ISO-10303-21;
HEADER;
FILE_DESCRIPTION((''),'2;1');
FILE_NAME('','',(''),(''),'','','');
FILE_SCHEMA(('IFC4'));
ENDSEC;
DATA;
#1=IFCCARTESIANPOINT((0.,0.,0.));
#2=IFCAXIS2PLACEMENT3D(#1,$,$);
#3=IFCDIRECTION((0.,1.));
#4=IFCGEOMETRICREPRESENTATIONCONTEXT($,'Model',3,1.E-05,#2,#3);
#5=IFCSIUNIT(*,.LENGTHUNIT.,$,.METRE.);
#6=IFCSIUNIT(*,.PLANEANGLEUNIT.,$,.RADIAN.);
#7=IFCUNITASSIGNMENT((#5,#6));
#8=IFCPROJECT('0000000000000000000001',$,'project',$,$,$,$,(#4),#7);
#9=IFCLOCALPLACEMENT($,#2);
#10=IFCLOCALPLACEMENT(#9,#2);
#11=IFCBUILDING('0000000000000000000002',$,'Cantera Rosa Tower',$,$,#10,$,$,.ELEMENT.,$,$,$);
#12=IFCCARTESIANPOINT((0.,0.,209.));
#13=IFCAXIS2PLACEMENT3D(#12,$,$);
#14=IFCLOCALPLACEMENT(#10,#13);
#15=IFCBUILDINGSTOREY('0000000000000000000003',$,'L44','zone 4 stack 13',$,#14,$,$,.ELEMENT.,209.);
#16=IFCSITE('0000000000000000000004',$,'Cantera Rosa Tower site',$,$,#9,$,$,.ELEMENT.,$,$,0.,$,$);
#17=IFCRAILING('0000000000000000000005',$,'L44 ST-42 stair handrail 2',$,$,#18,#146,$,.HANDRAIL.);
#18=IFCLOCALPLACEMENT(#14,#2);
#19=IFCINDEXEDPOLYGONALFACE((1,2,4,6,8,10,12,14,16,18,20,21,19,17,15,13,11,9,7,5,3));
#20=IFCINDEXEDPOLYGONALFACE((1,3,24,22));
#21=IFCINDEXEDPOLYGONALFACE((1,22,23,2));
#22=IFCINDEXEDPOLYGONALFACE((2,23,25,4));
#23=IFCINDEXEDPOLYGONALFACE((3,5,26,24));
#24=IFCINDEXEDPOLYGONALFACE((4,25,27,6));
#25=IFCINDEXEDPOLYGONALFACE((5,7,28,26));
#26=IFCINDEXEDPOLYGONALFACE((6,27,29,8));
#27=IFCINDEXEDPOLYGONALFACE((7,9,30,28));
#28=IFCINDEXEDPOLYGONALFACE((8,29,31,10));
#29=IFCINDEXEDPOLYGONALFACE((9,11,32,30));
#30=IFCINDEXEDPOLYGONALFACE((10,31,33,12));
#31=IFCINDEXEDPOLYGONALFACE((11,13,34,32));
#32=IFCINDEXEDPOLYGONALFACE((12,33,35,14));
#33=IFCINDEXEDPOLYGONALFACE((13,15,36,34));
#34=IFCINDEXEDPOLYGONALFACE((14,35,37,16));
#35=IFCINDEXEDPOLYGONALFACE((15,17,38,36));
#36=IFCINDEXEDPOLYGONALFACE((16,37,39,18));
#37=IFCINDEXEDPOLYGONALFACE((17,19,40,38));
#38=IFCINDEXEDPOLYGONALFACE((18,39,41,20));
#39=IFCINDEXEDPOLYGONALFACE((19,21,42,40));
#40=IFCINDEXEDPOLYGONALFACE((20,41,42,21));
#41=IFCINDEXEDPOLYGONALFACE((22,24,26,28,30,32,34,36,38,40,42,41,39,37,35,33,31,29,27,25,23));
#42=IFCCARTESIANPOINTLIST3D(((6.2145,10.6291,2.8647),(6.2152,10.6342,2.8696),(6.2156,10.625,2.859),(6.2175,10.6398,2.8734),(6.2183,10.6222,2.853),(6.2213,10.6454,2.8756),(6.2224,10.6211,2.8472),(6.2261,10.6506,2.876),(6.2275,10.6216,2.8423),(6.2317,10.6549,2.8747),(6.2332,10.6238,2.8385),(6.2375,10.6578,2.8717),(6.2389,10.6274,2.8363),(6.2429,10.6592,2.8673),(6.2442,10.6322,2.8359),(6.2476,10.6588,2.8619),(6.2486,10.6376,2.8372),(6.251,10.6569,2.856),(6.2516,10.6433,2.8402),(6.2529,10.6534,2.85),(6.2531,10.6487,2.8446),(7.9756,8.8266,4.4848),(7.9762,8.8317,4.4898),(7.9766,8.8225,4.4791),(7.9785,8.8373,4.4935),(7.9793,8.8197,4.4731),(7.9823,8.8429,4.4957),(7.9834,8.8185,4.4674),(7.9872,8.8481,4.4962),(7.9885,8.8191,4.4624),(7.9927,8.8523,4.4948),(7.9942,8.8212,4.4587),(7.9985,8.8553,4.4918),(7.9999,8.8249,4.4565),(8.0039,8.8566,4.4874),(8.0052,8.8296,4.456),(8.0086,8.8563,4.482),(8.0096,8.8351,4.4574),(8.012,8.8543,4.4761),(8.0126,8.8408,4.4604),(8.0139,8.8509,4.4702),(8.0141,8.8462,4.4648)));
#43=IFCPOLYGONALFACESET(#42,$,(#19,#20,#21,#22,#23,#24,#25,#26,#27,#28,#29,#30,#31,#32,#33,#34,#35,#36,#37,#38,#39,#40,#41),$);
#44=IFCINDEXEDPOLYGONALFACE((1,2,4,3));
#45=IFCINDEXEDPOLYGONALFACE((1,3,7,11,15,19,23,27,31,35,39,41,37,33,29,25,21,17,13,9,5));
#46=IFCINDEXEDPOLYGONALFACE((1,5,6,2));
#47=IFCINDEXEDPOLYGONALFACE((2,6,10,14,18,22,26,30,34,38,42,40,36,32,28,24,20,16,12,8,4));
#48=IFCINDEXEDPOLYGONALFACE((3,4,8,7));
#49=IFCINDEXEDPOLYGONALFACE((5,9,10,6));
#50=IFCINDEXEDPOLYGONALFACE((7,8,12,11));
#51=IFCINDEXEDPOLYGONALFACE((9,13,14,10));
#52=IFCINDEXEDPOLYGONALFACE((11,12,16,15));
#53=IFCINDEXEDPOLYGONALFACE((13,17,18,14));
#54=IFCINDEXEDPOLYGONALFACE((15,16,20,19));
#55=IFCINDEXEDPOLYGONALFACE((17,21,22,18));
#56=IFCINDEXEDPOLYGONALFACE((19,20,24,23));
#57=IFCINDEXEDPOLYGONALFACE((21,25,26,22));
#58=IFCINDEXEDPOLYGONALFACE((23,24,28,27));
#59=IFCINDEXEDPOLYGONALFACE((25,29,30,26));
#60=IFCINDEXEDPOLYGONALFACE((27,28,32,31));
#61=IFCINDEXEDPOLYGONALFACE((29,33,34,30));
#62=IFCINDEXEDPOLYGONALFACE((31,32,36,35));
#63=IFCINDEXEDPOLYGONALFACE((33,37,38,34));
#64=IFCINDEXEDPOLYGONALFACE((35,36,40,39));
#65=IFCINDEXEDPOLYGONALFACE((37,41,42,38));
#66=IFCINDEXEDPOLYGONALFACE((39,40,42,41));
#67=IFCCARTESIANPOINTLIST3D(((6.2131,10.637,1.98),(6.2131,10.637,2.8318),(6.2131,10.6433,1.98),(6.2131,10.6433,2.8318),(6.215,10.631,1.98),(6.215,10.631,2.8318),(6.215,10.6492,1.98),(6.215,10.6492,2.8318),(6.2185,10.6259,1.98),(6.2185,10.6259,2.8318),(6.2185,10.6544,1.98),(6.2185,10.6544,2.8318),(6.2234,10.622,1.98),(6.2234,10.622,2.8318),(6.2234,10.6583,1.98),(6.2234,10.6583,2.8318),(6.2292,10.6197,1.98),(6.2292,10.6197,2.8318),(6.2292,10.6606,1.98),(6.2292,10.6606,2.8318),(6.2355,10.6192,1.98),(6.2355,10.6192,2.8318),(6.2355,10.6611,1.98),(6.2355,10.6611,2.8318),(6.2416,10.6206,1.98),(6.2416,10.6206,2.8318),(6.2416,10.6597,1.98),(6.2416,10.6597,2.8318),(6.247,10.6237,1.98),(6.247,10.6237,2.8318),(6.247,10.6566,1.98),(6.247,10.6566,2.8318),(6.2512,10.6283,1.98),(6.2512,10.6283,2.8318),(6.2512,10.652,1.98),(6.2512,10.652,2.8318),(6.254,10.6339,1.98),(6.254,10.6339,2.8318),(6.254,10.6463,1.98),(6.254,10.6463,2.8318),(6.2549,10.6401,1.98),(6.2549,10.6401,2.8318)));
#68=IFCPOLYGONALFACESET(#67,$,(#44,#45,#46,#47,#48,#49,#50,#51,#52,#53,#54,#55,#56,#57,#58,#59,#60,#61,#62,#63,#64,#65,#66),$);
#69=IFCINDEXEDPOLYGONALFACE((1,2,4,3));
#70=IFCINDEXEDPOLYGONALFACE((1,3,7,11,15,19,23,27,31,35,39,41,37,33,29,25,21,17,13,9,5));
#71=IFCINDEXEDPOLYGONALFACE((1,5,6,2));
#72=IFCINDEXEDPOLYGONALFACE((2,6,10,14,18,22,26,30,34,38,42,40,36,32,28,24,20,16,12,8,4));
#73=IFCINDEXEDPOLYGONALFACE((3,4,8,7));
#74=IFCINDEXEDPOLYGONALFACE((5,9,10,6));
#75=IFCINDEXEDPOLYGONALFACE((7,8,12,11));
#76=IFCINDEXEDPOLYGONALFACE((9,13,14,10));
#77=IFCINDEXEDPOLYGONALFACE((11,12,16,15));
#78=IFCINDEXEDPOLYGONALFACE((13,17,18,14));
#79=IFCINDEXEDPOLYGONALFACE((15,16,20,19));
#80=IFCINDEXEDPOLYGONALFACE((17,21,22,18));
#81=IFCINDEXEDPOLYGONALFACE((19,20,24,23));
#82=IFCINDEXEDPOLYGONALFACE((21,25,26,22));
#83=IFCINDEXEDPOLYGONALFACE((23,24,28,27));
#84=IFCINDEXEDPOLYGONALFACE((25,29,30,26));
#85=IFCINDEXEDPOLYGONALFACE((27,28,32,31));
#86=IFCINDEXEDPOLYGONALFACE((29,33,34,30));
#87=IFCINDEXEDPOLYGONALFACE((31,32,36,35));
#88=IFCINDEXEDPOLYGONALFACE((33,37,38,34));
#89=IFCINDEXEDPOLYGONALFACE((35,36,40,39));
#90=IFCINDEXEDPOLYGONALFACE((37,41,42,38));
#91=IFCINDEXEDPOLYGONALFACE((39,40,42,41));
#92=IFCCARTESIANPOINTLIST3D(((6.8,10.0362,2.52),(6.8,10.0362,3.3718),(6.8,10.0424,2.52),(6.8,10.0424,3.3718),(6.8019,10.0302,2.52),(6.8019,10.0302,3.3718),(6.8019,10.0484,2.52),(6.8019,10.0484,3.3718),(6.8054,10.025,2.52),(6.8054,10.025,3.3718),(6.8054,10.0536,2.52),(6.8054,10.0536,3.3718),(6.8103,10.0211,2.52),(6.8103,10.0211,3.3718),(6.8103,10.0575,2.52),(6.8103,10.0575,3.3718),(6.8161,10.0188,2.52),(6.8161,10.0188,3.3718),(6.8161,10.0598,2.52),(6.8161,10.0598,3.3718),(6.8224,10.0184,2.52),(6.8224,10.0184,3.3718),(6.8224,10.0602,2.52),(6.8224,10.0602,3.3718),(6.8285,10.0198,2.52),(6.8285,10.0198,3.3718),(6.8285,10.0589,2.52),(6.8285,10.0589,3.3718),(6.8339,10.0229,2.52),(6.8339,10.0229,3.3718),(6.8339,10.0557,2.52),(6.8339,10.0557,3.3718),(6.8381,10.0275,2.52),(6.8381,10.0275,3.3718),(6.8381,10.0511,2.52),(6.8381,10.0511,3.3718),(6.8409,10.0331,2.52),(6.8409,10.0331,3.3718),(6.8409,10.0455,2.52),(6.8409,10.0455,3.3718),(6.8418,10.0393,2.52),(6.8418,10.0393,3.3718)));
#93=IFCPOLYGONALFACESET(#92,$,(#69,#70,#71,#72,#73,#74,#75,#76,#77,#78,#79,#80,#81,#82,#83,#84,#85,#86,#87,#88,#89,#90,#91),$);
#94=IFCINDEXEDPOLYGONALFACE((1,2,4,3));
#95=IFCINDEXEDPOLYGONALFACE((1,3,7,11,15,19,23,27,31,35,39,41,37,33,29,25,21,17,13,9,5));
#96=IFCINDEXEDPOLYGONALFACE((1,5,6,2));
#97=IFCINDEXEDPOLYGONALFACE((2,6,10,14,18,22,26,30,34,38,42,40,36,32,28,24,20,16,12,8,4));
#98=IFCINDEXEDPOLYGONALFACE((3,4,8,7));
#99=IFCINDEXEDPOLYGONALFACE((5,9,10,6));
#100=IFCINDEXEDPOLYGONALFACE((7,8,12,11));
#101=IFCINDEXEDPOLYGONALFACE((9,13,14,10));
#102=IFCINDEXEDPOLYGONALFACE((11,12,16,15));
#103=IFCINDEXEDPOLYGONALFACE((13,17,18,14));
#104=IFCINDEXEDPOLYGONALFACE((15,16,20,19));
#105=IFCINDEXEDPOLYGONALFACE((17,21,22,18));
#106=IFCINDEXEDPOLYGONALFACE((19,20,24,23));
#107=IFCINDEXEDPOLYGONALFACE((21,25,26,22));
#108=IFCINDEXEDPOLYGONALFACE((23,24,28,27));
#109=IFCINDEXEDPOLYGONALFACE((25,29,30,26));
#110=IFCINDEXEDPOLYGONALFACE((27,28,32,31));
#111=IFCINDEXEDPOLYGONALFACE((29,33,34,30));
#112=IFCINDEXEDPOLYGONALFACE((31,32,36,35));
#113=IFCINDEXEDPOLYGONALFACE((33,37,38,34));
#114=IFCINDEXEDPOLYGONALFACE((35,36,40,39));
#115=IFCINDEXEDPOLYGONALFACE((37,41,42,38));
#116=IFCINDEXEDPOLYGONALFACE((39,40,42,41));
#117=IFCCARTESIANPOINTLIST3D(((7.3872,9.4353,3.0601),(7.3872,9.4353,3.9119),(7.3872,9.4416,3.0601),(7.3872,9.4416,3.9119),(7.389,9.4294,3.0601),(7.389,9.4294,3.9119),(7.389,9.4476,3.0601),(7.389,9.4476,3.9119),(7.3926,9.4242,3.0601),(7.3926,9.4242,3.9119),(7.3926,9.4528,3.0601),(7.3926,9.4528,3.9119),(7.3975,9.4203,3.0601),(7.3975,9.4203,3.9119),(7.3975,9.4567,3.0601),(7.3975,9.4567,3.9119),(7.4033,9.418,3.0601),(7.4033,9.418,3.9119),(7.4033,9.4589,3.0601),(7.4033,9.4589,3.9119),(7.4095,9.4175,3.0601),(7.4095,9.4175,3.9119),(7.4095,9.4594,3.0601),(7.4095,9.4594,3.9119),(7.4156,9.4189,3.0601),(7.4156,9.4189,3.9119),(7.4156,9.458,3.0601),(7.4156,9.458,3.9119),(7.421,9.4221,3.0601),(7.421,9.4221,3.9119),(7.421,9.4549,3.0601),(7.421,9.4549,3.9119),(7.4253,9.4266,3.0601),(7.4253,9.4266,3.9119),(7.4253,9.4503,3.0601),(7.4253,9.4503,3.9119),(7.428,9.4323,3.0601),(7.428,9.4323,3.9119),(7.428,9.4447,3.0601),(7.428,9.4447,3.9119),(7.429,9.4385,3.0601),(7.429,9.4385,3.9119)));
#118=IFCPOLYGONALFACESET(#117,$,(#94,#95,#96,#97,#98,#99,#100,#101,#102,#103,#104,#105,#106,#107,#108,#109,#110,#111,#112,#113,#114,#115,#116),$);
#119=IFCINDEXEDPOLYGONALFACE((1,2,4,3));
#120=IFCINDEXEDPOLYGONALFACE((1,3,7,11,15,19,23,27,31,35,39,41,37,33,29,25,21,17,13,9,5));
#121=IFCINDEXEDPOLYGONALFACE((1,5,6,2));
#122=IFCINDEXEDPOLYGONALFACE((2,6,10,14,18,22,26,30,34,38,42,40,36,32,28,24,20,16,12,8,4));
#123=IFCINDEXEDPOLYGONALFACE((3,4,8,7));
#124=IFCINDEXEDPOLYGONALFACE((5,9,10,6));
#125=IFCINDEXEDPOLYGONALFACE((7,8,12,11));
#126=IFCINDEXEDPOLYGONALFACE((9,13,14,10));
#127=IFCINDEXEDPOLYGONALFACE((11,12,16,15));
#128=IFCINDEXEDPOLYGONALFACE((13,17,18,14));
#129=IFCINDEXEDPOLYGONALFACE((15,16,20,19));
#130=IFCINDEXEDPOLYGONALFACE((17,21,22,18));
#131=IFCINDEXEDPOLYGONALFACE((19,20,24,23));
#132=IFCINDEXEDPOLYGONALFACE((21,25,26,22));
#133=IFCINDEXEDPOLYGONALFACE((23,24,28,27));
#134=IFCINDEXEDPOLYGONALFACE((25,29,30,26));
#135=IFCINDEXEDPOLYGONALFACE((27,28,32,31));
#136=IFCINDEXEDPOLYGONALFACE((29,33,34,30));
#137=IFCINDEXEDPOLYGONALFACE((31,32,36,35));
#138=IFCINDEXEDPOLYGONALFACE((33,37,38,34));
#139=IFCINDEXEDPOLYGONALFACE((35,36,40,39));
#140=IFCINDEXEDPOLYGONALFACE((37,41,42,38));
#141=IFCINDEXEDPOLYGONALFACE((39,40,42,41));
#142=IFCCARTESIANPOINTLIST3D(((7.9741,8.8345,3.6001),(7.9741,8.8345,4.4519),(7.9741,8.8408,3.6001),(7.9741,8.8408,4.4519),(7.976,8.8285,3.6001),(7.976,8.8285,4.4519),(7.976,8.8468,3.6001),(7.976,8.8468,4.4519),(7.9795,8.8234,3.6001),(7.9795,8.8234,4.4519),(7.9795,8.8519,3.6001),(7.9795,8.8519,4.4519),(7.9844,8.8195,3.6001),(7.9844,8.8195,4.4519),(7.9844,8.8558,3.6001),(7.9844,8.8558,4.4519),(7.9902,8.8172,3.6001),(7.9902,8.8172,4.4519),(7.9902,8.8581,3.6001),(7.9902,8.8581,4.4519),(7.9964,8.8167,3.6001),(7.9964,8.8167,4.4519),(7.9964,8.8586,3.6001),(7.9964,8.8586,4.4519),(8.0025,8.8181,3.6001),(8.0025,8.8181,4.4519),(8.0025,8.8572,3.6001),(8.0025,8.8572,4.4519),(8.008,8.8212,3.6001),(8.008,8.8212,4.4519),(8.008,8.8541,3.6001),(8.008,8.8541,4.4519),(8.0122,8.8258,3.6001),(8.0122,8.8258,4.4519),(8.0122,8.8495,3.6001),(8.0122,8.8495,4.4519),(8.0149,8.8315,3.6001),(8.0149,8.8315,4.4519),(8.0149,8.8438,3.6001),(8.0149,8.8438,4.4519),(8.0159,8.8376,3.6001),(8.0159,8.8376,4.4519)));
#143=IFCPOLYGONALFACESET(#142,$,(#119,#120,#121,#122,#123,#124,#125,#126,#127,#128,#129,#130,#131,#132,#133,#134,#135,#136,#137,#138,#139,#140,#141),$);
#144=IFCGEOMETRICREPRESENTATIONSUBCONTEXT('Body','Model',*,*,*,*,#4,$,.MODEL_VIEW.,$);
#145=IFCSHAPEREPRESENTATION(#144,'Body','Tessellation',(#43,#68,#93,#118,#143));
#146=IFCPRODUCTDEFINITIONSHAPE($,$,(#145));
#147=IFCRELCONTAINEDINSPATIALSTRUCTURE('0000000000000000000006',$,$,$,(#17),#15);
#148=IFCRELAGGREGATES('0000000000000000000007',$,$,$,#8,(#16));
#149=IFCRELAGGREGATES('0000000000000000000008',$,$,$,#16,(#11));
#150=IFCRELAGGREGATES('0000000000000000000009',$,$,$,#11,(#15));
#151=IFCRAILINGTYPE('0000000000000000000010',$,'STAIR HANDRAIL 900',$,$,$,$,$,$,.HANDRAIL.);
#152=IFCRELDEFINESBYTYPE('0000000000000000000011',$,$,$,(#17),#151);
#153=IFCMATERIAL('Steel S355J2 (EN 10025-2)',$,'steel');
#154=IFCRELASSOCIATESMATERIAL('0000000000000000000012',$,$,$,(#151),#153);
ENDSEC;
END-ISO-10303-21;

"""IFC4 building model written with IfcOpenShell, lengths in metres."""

from ifc_helpers import new_model, si_unit, direction, frame, origin, origin_2d, place, context, subcontext, project, spatial, circle, extrude, material, type_object, element, save


model = new_model("IFC4")

# Units and contexts
model_context = context("Model", 3, precision=1e-05, world=origin(), true_north=direction((0.0, 1.0)))
body_context = subcontext(model_context, "Body", "Model", "MODEL_VIEW")
ifc_project = project(units=[si_unit("LENGTHUNIT", "METRE"), si_unit("PLANEANGLEUNIT", "RADIAN")], contexts=[model_context])

# Site, building, storey
site_placement = place(None, origin())
site = spatial("IfcSite", under=ifc_project, at=site_placement, Name="Cantera Rosa Tower site", CompositionType="ELEMENT", RefElevation=0.0)
building_placement = place(site_placement, origin())
building = spatial("IfcBuilding", under=site, at=building_placement, Name="Cantera Rosa Tower", CompositionType="ELEMENT")
storey_placement = place(building_placement, frame((0.0, 0.0, 209.0)))
storey = spatial("IfcBuildingStorey", under=building, at=storey_placement, Name="L44", Description="zone 4 stack 13", CompositionType="ELEMENT", Elevation=209.0)

# Railing
ifc_material_1 = material(Name="Steel S355J2 (EN 10025-2)", Category="steel")
railing_type_1 = type_object("IfcRailingType", Name="STAIR HANDRAIL 900", PredefinedType="HANDRAIL", material=ifc_material_1)
railing_1_placement = place(storey_placement, frame((6.2339, 10.6401, 1.98)))
element("IfcRailing", 1, at=railing_1_placement, inside=storey, type_object=railing_type_1, Name="L44 ST-42 stair handrail 2", PredefinedType="HANDRAIL", context=body_context, shape_type="SweptSolid", body=[
    extrude(circle(Radius=0.0239, at=origin_2d()), frame((0.0, 0.0, 0.876), z_axis=(0.587818, -0.601672, 0.540796), x_axis=(0.715294, 0.698824, 0.0)), (0.0, 0.0, 1.0), 2.9958),
    extrude(circle(Radius=0.021, at=origin_2d()), origin(), (0.0, 0.0, 1.0), 0.8518),
    extrude(circle(Radius=0.021, at=origin_2d()), frame((0.5869, -0.6008, 0.54)), (0.0, 0.0, 1.0), 0.8518),
    extrude(circle(Radius=0.021, at=origin_2d()), frame((1.1741, -1.2017, 1.0801)), (0.0, 0.0, 1.0), 0.8518),
    extrude(circle(Radius=0.021, at=origin_2d()), frame((1.761, -1.8025, 1.6201)), (0.0, 0.0, 1.0), 0.8518),
])

save(model, "model.ifc")
